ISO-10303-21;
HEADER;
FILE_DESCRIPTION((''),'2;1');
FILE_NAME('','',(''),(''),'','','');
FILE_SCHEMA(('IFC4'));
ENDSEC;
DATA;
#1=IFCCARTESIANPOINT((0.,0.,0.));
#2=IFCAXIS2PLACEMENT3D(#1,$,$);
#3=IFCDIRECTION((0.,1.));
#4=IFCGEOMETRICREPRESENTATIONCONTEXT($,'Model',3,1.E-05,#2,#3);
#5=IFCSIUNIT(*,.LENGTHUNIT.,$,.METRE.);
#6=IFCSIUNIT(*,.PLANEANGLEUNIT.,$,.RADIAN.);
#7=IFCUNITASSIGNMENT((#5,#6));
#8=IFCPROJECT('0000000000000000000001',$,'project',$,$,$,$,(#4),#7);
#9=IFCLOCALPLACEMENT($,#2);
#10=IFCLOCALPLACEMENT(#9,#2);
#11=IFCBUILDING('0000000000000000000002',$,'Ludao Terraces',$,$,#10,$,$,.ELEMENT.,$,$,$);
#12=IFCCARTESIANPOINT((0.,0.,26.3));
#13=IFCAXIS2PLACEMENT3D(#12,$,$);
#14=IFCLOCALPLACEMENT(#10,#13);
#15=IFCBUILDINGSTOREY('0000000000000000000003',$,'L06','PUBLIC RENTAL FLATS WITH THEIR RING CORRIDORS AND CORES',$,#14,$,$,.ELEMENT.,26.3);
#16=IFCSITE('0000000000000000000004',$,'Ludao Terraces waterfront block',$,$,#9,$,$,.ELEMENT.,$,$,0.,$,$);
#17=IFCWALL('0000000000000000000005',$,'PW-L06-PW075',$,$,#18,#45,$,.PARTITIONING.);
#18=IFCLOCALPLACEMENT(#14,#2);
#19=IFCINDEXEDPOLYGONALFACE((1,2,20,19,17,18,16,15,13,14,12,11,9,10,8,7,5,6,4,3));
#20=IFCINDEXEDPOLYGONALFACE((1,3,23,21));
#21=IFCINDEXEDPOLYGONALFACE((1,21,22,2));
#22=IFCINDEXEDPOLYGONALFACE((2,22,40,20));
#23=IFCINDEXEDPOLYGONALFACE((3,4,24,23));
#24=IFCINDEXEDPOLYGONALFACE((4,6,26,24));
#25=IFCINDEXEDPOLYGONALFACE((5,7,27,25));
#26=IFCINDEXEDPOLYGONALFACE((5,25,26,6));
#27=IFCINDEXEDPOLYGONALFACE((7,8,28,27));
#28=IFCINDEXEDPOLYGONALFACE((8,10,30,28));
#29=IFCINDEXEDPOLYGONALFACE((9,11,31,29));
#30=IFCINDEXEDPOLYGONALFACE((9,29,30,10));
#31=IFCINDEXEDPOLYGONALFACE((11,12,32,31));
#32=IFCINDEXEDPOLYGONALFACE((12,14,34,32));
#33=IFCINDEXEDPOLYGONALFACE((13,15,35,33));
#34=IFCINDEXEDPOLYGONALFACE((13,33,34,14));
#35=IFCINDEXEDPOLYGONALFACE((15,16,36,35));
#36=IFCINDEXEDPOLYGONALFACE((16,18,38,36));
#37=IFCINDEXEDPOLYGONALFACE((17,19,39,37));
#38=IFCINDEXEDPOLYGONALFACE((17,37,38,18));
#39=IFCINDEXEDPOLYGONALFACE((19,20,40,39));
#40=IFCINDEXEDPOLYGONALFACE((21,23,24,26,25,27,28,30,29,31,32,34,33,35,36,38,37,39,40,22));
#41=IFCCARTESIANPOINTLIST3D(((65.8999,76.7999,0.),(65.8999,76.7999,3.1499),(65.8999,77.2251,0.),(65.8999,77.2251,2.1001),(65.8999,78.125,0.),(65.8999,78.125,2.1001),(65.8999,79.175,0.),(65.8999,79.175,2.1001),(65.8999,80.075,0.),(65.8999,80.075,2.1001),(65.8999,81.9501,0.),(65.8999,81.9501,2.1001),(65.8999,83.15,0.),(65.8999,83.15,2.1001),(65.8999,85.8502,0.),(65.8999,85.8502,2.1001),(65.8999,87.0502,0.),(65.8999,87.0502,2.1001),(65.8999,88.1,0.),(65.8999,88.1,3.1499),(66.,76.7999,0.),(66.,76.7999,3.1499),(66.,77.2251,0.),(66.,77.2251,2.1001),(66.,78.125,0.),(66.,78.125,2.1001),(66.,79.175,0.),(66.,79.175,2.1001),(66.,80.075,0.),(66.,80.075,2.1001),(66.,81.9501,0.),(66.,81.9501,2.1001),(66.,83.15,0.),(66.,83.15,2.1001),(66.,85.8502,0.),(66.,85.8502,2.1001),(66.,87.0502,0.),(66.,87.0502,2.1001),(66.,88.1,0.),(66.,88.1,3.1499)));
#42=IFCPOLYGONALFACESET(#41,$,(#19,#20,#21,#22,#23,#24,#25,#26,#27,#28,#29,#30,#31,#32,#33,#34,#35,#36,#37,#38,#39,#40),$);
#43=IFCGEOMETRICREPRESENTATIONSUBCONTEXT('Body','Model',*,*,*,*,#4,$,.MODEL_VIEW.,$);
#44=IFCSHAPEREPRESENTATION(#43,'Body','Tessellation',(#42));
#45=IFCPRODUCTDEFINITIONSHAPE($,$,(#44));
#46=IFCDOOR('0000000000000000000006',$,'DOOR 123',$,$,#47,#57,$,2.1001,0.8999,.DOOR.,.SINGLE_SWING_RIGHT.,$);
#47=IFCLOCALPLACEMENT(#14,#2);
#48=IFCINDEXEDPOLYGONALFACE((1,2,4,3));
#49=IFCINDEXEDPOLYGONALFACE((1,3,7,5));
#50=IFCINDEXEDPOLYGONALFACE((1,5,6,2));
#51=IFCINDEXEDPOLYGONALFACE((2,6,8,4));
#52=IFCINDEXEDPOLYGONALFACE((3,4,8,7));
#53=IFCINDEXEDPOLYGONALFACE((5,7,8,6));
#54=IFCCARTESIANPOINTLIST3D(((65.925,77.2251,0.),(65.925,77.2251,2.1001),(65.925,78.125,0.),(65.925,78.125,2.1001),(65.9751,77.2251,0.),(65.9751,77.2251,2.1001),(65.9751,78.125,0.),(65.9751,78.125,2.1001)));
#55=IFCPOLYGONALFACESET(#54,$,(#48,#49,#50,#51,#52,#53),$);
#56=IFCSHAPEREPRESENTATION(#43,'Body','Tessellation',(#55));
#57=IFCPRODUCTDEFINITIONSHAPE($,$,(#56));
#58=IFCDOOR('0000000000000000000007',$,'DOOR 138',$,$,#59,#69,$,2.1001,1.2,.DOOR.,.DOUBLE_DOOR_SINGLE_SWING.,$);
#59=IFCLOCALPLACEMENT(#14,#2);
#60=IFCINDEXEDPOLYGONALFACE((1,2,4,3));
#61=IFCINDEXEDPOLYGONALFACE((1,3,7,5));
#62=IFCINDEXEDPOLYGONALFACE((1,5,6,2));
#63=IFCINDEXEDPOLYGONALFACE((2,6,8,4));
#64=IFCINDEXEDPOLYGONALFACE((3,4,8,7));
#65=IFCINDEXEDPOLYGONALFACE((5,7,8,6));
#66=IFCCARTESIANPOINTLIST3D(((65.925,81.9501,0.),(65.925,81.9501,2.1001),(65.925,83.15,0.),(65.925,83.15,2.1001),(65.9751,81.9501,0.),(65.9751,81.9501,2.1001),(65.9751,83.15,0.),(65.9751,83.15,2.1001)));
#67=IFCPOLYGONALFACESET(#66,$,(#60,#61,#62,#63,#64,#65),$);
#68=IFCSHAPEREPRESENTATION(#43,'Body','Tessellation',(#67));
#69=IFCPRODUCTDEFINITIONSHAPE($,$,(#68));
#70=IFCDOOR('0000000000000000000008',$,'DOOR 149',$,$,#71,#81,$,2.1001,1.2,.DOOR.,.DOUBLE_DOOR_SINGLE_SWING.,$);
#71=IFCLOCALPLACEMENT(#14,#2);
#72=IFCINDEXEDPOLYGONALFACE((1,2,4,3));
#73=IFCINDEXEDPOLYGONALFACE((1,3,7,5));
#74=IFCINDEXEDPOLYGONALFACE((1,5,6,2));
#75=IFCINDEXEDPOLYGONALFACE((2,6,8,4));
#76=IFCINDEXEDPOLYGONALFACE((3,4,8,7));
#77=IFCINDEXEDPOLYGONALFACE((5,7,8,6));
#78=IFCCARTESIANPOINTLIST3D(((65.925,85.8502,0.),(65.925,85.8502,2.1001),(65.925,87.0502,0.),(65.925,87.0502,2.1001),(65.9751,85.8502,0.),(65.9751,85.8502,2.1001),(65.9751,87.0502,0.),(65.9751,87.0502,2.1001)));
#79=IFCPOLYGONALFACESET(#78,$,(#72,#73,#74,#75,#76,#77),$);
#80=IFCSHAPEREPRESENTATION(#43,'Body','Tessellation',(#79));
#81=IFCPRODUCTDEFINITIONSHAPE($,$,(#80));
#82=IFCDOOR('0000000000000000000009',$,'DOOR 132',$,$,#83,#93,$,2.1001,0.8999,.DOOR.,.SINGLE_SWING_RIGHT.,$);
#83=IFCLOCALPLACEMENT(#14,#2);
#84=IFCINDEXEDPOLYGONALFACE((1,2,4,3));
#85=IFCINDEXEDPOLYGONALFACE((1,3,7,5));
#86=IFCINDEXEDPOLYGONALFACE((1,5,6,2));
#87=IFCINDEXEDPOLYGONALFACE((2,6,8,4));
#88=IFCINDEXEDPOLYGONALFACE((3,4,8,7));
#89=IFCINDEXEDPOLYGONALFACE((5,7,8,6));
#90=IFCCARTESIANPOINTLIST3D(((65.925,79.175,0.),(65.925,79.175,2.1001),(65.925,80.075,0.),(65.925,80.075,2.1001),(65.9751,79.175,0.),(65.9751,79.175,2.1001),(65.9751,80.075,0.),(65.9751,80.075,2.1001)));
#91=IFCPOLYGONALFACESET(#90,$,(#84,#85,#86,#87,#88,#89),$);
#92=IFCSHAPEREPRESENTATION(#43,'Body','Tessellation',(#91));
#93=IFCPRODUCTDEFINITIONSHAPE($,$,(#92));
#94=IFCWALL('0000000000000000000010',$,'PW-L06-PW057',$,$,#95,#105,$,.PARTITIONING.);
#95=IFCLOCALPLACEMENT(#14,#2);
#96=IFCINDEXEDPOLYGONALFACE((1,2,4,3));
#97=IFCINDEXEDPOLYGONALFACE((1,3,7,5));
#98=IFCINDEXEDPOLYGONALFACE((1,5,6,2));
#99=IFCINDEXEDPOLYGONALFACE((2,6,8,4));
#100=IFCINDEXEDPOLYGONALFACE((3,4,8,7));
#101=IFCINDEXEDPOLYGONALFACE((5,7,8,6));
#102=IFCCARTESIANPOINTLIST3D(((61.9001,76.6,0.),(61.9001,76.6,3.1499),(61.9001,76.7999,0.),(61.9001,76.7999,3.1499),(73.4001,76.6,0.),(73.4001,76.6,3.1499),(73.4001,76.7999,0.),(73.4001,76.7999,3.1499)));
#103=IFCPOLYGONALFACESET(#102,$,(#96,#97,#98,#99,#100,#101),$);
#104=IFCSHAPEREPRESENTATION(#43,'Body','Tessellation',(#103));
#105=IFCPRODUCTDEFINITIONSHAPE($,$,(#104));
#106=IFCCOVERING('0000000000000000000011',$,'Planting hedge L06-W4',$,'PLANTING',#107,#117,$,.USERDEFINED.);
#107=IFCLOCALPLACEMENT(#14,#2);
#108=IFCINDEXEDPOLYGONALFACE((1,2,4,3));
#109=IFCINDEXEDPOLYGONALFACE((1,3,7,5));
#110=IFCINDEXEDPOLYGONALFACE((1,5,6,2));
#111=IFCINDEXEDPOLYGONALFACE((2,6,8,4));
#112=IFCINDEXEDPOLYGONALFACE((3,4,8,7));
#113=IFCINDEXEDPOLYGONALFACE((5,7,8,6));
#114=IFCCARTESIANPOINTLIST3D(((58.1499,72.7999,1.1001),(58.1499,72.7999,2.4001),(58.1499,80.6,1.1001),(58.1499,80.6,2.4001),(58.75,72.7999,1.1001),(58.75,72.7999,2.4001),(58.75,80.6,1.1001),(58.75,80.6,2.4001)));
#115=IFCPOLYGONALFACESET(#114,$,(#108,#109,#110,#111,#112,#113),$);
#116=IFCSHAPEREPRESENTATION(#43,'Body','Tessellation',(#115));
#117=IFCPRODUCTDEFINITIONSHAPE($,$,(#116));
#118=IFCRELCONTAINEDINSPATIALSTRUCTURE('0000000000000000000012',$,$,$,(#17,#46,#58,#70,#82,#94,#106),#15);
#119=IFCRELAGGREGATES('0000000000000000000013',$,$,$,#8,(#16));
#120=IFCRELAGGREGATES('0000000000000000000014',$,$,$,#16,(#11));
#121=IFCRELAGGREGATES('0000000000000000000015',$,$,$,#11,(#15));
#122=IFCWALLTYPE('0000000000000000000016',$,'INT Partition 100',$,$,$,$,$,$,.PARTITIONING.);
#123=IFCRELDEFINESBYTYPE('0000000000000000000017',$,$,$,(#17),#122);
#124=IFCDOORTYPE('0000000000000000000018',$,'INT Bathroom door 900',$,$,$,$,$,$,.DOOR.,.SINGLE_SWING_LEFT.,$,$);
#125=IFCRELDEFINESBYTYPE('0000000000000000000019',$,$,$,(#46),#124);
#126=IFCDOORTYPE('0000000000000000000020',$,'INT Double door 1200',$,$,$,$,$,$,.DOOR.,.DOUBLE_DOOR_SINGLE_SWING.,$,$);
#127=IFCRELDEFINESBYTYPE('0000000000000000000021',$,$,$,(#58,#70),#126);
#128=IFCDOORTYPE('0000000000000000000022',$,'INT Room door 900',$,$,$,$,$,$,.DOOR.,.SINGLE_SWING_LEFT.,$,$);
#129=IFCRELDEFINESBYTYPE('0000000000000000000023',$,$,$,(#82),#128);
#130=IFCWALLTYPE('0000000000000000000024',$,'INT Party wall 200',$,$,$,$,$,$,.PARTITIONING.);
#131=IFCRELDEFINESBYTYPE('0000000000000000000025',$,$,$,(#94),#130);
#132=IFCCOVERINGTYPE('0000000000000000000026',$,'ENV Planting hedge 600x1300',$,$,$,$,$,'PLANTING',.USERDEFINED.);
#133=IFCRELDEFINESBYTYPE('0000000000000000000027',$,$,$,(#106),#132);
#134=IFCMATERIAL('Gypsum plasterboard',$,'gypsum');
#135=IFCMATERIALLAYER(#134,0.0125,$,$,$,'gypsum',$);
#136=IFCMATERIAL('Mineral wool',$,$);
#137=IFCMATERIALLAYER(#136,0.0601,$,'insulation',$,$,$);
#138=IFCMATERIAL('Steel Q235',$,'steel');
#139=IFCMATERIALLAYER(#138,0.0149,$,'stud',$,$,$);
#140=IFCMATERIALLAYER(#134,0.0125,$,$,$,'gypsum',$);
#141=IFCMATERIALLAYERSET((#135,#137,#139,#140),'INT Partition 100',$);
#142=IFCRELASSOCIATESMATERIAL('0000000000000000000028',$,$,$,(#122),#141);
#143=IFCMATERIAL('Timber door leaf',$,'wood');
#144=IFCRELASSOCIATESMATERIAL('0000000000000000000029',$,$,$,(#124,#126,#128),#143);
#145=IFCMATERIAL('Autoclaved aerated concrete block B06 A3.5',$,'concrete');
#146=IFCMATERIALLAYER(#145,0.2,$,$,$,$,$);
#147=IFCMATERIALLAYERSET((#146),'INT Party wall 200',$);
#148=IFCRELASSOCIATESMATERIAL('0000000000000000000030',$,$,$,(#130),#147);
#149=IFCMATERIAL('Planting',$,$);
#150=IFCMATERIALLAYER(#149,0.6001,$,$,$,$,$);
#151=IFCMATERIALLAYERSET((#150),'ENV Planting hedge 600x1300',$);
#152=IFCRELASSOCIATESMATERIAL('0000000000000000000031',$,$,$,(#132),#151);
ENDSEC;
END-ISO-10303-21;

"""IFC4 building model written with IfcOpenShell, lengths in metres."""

from ifc_helpers import new_model, si_unit, direction, frame, frame_2d, origin, origin_2d, place, context, subcontext, project, spatial, rectangle, extrude, material, layer, layer_set, type_object, element, fill, save


model = new_model("IFC4")

# Units and contexts
model_context = context("Model", 3, precision=1e-05, world=origin(), true_north=direction((0.0, 1.0)))
body_context = subcontext(model_context, "Body", "Model", "MODEL_VIEW")
ifc_project = project(units=[si_unit("LENGTHUNIT", "METRE"), si_unit("PLANEANGLEUNIT", "RADIAN")], contexts=[model_context])

# Site, building, storey
site_placement = place(None, origin())
site = spatial("IfcSite", under=ifc_project, at=site_placement, Name="Ludao Terraces waterfront block", CompositionType="ELEMENT", RefElevation=0.0)
building_placement = place(site_placement, origin())
building = spatial("IfcBuilding", under=site, at=building_placement, Name="Ludao Terraces", CompositionType="ELEMENT")
storey_placement = place(building_placement, frame((0.0, 0.0, 26.3)))
storey = spatial("IfcBuildingStorey", under=building, at=storey_placement, Name="L06", Description="PUBLIC RENTAL FLATS WITH THEIR RING CORRIDORS AND CORES", CompositionType="ELEMENT", Elevation=26.3)

# Shared definitions
ifc_material_1 = material(Name="Mineral wool")

# Shared definitions
ifc_material_2 = material(Name="Gypsum plasterboard", Category="gypsum")
ifc_layer_1 = layer(ifc_material_2, 0.0125, Category="gypsum")
ifc_layer_2 = layer(ifc_material_1, 0.0601, Name="insulation")
ifc_material_3 = material(Name="Steel Q235", Category="steel")
ifc_layer_3 = layer(ifc_material_3, 0.0149, Name="stud")
ifc_layer_4 = layer(ifc_material_2, 0.0125, Category="gypsum")
ifc_layer_set_1 = layer_set([ifc_layer_1, ifc_layer_2, ifc_layer_3, ifc_layer_4], Name="INT Partition 100")
wall_type_1 = type_object("IfcWallType", Name="INT Partition 100", PredefinedType="PARTITIONING", material=ifc_layer_set_1)

# Wall, openings, doors
wall_1_placement = place(storey_placement, frame((65.95, 76.8, 0.0), z_axis=(0.0, 0.0, 1.0), x_axis=(0.0, 1.0, 0.0)))
wall_1 = element("IfcWall", 1, at=wall_1_placement, inside=storey, type_object=wall_type_1, Name="PW-L06-PW075", PredefinedType="PARTITIONING", context=body_context, shape_type="SweptSolid", body=[
    extrude(rectangle(XDim=11.3, YDim=0.1001, at=frame_2d((5.6499, 0.0))), origin(), (0.0, 0.0, 1.0), 3.1499),
])
opening_1_placement = place(wall_1_placement, frame((0.425, 0.0, 0.0)))
opening_1 = element("IfcOpeningElement", 2, at=opening_1_placement, cuts=wall_1, PredefinedType="OPENING", context=body_context, shape_type="SweptSolid", body=[
    extrude(rectangle(XDim=0.8999, YDim=2.1001, at=frame_2d((0.45, 1.05))), frame((0.0, 0.0601, 0.0), z_axis=(0.0, -1.0, 0.0), x_axis=(1.0, 0.0, 0.0)), (0.0, 0.0, 1.0), 0.1201),
])
opening_2_placement = place(wall_1_placement, frame((2.375, 0.0, 0.0)))
opening_2 = element("IfcOpeningElement", 3, at=opening_2_placement, cuts=wall_1, PredefinedType="OPENING", context=body_context, shape_type="SweptSolid", body=[
    extrude(rectangle(XDim=0.8999, YDim=2.1001, at=frame_2d((0.45, 1.05))), frame((0.0, 0.0601, 0.0), z_axis=(0.0, -1.0, 0.0), x_axis=(1.0, 0.0, 0.0)), (0.0, 0.0, 1.0), 0.1201),
])
opening_3_placement = place(wall_1_placement, frame((5.1499, 0.0, 0.0)))
opening_3 = element("IfcOpeningElement", 4, at=opening_3_placement, cuts=wall_1, PredefinedType="OPENING", context=body_context, shape_type="SweptSolid", body=[
    extrude(rectangle(XDim=1.2, YDim=2.1001, at=frame_2d((0.6001, 1.05))), frame((0.0, 0.0601, 0.0), z_axis=(0.0, -1.0, 0.0), x_axis=(1.0, 0.0, 0.0)), (0.0, 0.0, 1.0), 0.1201),
])
opening_4_placement = place(wall_1_placement, frame((9.05, 0.0, 0.0)))
opening_4 = element("IfcOpeningElement", 5, at=opening_4_placement, cuts=wall_1, PredefinedType="OPENING", context=body_context, shape_type="SweptSolid", body=[
    extrude(rectangle(XDim=1.2, YDim=2.1001, at=frame_2d((0.6001, 1.05))), frame((0.0, 0.0601, 0.0), z_axis=(0.0, -1.0, 0.0), x_axis=(1.0, 0.0, 0.0)), (0.0, 0.0, 1.0), 0.1201),
])
ifc_material_4 = material(Name="Timber door leaf", Category="wood")
door_type_1 = type_object("IfcDoorType", Name="INT Bathroom door 900", OperationType="SINGLE_SWING_LEFT", PredefinedType="DOOR", material=ifc_material_4)
door_1_placement = place(opening_1_placement, origin())
door_1 = element("IfcDoor", 6, at=door_1_placement, inside=storey, type_object=door_type_1, Name="DOOR 123", OperationType="SINGLE_SWING_RIGHT", OverallHeight=2.1001, OverallWidth=0.8999, PredefinedType="DOOR", context=body_context, shape_type="SweptSolid", body=[
    extrude(rectangle(XDim=0.8999, YDim=2.1001, at=frame_2d((0.45, 1.05))), frame((0.0, 0.0249, 0.0), z_axis=(0.0, -1.0, 0.0), x_axis=(1.0, 0.0, 0.0)), (0.0, 0.0, 1.0), 0.05),
])
fill(opening_1, door_1)
door_type_2 = type_object("IfcDoorType", Name="INT Double door 1200", OperationType="DOUBLE_DOOR_SINGLE_SWING", PredefinedType="DOOR", material=ifc_material_4)
door_2_placement = place(opening_3_placement, origin())
door_2 = element("IfcDoor", 7, at=door_2_placement, inside=storey, type_object=door_type_2, Name="DOOR 138", OperationType="DOUBLE_DOOR_SINGLE_SWING", OverallHeight=2.1001, OverallWidth=1.2, PredefinedType="DOOR", context=body_context, shape_type="SweptSolid", body=[
    extrude(rectangle(XDim=1.2, YDim=2.1001, at=frame_2d((0.6001, 1.05))), frame((0.0, 0.0249, 0.0), z_axis=(0.0, -1.0, 0.0), x_axis=(1.0, 0.0, 0.0)), (0.0, 0.0, 1.0), 0.05),
])
fill(opening_3, door_2)
door_3_placement = place(opening_4_placement, origin())
door_3 = element("IfcDoor", 8, at=door_3_placement, inside=storey, type_object=door_type_2, Name="DOOR 149", OperationType="DOUBLE_DOOR_SINGLE_SWING", OverallHeight=2.1001, OverallWidth=1.2, PredefinedType="DOOR", context=body_context, shape_type="SweptSolid", body=[
    extrude(rectangle(XDim=1.2, YDim=2.1001, at=frame_2d((0.6001, 1.05))), frame((0.0, 0.0249, 0.0), z_axis=(0.0, -1.0, 0.0), x_axis=(1.0, 0.0, 0.0)), (0.0, 0.0, 1.0), 0.05),
])
fill(opening_4, door_3)
door_type_3 = type_object("IfcDoorType", Name="INT Room door 900", OperationType="SINGLE_SWING_LEFT", PredefinedType="DOOR", material=ifc_material_4)
door_4_placement = place(opening_2_placement, origin())
door_4 = element("IfcDoor", 9, at=door_4_placement, inside=storey, type_object=door_type_3, Name="DOOR 132", OperationType="SINGLE_SWING_RIGHT", OverallHeight=2.1001, OverallWidth=0.8999, PredefinedType="DOOR", context=body_context, shape_type="SweptSolid", body=[
    extrude(rectangle(XDim=0.8999, YDim=2.1001, at=frame_2d((0.45, 1.05))), frame((0.0, 0.0249, 0.0), z_axis=(0.0, -1.0, 0.0), x_axis=(1.0, 0.0, 0.0)), (0.0, 0.0, 1.0), 0.05),
])
fill(opening_2, door_4)

# Wall
ifc_material_5 = material(Name="Autoclaved aerated concrete block B06 A3.5", Category="concrete")
ifc_layer_5 = layer(ifc_material_5, 0.2)
ifc_layer_set_2 = layer_set([ifc_layer_5], Name="INT Party wall 200")
wall_type_2 = type_object("IfcWallType", Name="INT Party wall 200", PredefinedType="PARTITIONING", material=ifc_layer_set_2)
wall_2_placement = place(storey_placement, frame((61.9001, 76.7, 0.0), z_axis=(0.0, 0.0, 1.0), x_axis=(1.0, 0.0, 0.0)))
element("IfcWall", 10, at=wall_2_placement, inside=storey, type_object=wall_type_2, Name="PW-L06-PW057", PredefinedType="PARTITIONING", context=body_context, shape_type="SweptSolid", body=[
    extrude(rectangle(XDim=11.5, YDim=0.2, at=frame_2d((5.75, 0.0))), origin(), (0.0, 0.0, 1.0), 3.1499),
])

# Covering
ifc_material_6 = material(Name="Planting")
ifc_layer_6 = layer(ifc_material_6, 0.6001)
ifc_layer_set_3 = layer_set([ifc_layer_6], Name="ENV Planting hedge 600x1300")
covering_type = type_object("IfcCoveringType", Name="ENV Planting hedge 600x1300", ElementType="PLANTING", PredefinedType="USERDEFINED", material=ifc_layer_set_3)
covering_placement = place(storey_placement, frame((58.45, 76.7, 1.1001), z_axis=(0.0, 0.0, 1.0), x_axis=(1.0, 0.0, 0.0)))
element("IfcCovering", 11, at=covering_placement, inside=storey, type_object=covering_type, Name="Planting hedge L06-W4", ObjectType="PLANTING", PredefinedType="USERDEFINED", context=body_context, shape_type="SweptSolid", body=[
    extrude(rectangle(XDim=0.6001, YDim=7.8, at=origin_2d()), origin(), (0.0, 0.0, 1.0), 1.3),
])

save(model, "model.ifc")
